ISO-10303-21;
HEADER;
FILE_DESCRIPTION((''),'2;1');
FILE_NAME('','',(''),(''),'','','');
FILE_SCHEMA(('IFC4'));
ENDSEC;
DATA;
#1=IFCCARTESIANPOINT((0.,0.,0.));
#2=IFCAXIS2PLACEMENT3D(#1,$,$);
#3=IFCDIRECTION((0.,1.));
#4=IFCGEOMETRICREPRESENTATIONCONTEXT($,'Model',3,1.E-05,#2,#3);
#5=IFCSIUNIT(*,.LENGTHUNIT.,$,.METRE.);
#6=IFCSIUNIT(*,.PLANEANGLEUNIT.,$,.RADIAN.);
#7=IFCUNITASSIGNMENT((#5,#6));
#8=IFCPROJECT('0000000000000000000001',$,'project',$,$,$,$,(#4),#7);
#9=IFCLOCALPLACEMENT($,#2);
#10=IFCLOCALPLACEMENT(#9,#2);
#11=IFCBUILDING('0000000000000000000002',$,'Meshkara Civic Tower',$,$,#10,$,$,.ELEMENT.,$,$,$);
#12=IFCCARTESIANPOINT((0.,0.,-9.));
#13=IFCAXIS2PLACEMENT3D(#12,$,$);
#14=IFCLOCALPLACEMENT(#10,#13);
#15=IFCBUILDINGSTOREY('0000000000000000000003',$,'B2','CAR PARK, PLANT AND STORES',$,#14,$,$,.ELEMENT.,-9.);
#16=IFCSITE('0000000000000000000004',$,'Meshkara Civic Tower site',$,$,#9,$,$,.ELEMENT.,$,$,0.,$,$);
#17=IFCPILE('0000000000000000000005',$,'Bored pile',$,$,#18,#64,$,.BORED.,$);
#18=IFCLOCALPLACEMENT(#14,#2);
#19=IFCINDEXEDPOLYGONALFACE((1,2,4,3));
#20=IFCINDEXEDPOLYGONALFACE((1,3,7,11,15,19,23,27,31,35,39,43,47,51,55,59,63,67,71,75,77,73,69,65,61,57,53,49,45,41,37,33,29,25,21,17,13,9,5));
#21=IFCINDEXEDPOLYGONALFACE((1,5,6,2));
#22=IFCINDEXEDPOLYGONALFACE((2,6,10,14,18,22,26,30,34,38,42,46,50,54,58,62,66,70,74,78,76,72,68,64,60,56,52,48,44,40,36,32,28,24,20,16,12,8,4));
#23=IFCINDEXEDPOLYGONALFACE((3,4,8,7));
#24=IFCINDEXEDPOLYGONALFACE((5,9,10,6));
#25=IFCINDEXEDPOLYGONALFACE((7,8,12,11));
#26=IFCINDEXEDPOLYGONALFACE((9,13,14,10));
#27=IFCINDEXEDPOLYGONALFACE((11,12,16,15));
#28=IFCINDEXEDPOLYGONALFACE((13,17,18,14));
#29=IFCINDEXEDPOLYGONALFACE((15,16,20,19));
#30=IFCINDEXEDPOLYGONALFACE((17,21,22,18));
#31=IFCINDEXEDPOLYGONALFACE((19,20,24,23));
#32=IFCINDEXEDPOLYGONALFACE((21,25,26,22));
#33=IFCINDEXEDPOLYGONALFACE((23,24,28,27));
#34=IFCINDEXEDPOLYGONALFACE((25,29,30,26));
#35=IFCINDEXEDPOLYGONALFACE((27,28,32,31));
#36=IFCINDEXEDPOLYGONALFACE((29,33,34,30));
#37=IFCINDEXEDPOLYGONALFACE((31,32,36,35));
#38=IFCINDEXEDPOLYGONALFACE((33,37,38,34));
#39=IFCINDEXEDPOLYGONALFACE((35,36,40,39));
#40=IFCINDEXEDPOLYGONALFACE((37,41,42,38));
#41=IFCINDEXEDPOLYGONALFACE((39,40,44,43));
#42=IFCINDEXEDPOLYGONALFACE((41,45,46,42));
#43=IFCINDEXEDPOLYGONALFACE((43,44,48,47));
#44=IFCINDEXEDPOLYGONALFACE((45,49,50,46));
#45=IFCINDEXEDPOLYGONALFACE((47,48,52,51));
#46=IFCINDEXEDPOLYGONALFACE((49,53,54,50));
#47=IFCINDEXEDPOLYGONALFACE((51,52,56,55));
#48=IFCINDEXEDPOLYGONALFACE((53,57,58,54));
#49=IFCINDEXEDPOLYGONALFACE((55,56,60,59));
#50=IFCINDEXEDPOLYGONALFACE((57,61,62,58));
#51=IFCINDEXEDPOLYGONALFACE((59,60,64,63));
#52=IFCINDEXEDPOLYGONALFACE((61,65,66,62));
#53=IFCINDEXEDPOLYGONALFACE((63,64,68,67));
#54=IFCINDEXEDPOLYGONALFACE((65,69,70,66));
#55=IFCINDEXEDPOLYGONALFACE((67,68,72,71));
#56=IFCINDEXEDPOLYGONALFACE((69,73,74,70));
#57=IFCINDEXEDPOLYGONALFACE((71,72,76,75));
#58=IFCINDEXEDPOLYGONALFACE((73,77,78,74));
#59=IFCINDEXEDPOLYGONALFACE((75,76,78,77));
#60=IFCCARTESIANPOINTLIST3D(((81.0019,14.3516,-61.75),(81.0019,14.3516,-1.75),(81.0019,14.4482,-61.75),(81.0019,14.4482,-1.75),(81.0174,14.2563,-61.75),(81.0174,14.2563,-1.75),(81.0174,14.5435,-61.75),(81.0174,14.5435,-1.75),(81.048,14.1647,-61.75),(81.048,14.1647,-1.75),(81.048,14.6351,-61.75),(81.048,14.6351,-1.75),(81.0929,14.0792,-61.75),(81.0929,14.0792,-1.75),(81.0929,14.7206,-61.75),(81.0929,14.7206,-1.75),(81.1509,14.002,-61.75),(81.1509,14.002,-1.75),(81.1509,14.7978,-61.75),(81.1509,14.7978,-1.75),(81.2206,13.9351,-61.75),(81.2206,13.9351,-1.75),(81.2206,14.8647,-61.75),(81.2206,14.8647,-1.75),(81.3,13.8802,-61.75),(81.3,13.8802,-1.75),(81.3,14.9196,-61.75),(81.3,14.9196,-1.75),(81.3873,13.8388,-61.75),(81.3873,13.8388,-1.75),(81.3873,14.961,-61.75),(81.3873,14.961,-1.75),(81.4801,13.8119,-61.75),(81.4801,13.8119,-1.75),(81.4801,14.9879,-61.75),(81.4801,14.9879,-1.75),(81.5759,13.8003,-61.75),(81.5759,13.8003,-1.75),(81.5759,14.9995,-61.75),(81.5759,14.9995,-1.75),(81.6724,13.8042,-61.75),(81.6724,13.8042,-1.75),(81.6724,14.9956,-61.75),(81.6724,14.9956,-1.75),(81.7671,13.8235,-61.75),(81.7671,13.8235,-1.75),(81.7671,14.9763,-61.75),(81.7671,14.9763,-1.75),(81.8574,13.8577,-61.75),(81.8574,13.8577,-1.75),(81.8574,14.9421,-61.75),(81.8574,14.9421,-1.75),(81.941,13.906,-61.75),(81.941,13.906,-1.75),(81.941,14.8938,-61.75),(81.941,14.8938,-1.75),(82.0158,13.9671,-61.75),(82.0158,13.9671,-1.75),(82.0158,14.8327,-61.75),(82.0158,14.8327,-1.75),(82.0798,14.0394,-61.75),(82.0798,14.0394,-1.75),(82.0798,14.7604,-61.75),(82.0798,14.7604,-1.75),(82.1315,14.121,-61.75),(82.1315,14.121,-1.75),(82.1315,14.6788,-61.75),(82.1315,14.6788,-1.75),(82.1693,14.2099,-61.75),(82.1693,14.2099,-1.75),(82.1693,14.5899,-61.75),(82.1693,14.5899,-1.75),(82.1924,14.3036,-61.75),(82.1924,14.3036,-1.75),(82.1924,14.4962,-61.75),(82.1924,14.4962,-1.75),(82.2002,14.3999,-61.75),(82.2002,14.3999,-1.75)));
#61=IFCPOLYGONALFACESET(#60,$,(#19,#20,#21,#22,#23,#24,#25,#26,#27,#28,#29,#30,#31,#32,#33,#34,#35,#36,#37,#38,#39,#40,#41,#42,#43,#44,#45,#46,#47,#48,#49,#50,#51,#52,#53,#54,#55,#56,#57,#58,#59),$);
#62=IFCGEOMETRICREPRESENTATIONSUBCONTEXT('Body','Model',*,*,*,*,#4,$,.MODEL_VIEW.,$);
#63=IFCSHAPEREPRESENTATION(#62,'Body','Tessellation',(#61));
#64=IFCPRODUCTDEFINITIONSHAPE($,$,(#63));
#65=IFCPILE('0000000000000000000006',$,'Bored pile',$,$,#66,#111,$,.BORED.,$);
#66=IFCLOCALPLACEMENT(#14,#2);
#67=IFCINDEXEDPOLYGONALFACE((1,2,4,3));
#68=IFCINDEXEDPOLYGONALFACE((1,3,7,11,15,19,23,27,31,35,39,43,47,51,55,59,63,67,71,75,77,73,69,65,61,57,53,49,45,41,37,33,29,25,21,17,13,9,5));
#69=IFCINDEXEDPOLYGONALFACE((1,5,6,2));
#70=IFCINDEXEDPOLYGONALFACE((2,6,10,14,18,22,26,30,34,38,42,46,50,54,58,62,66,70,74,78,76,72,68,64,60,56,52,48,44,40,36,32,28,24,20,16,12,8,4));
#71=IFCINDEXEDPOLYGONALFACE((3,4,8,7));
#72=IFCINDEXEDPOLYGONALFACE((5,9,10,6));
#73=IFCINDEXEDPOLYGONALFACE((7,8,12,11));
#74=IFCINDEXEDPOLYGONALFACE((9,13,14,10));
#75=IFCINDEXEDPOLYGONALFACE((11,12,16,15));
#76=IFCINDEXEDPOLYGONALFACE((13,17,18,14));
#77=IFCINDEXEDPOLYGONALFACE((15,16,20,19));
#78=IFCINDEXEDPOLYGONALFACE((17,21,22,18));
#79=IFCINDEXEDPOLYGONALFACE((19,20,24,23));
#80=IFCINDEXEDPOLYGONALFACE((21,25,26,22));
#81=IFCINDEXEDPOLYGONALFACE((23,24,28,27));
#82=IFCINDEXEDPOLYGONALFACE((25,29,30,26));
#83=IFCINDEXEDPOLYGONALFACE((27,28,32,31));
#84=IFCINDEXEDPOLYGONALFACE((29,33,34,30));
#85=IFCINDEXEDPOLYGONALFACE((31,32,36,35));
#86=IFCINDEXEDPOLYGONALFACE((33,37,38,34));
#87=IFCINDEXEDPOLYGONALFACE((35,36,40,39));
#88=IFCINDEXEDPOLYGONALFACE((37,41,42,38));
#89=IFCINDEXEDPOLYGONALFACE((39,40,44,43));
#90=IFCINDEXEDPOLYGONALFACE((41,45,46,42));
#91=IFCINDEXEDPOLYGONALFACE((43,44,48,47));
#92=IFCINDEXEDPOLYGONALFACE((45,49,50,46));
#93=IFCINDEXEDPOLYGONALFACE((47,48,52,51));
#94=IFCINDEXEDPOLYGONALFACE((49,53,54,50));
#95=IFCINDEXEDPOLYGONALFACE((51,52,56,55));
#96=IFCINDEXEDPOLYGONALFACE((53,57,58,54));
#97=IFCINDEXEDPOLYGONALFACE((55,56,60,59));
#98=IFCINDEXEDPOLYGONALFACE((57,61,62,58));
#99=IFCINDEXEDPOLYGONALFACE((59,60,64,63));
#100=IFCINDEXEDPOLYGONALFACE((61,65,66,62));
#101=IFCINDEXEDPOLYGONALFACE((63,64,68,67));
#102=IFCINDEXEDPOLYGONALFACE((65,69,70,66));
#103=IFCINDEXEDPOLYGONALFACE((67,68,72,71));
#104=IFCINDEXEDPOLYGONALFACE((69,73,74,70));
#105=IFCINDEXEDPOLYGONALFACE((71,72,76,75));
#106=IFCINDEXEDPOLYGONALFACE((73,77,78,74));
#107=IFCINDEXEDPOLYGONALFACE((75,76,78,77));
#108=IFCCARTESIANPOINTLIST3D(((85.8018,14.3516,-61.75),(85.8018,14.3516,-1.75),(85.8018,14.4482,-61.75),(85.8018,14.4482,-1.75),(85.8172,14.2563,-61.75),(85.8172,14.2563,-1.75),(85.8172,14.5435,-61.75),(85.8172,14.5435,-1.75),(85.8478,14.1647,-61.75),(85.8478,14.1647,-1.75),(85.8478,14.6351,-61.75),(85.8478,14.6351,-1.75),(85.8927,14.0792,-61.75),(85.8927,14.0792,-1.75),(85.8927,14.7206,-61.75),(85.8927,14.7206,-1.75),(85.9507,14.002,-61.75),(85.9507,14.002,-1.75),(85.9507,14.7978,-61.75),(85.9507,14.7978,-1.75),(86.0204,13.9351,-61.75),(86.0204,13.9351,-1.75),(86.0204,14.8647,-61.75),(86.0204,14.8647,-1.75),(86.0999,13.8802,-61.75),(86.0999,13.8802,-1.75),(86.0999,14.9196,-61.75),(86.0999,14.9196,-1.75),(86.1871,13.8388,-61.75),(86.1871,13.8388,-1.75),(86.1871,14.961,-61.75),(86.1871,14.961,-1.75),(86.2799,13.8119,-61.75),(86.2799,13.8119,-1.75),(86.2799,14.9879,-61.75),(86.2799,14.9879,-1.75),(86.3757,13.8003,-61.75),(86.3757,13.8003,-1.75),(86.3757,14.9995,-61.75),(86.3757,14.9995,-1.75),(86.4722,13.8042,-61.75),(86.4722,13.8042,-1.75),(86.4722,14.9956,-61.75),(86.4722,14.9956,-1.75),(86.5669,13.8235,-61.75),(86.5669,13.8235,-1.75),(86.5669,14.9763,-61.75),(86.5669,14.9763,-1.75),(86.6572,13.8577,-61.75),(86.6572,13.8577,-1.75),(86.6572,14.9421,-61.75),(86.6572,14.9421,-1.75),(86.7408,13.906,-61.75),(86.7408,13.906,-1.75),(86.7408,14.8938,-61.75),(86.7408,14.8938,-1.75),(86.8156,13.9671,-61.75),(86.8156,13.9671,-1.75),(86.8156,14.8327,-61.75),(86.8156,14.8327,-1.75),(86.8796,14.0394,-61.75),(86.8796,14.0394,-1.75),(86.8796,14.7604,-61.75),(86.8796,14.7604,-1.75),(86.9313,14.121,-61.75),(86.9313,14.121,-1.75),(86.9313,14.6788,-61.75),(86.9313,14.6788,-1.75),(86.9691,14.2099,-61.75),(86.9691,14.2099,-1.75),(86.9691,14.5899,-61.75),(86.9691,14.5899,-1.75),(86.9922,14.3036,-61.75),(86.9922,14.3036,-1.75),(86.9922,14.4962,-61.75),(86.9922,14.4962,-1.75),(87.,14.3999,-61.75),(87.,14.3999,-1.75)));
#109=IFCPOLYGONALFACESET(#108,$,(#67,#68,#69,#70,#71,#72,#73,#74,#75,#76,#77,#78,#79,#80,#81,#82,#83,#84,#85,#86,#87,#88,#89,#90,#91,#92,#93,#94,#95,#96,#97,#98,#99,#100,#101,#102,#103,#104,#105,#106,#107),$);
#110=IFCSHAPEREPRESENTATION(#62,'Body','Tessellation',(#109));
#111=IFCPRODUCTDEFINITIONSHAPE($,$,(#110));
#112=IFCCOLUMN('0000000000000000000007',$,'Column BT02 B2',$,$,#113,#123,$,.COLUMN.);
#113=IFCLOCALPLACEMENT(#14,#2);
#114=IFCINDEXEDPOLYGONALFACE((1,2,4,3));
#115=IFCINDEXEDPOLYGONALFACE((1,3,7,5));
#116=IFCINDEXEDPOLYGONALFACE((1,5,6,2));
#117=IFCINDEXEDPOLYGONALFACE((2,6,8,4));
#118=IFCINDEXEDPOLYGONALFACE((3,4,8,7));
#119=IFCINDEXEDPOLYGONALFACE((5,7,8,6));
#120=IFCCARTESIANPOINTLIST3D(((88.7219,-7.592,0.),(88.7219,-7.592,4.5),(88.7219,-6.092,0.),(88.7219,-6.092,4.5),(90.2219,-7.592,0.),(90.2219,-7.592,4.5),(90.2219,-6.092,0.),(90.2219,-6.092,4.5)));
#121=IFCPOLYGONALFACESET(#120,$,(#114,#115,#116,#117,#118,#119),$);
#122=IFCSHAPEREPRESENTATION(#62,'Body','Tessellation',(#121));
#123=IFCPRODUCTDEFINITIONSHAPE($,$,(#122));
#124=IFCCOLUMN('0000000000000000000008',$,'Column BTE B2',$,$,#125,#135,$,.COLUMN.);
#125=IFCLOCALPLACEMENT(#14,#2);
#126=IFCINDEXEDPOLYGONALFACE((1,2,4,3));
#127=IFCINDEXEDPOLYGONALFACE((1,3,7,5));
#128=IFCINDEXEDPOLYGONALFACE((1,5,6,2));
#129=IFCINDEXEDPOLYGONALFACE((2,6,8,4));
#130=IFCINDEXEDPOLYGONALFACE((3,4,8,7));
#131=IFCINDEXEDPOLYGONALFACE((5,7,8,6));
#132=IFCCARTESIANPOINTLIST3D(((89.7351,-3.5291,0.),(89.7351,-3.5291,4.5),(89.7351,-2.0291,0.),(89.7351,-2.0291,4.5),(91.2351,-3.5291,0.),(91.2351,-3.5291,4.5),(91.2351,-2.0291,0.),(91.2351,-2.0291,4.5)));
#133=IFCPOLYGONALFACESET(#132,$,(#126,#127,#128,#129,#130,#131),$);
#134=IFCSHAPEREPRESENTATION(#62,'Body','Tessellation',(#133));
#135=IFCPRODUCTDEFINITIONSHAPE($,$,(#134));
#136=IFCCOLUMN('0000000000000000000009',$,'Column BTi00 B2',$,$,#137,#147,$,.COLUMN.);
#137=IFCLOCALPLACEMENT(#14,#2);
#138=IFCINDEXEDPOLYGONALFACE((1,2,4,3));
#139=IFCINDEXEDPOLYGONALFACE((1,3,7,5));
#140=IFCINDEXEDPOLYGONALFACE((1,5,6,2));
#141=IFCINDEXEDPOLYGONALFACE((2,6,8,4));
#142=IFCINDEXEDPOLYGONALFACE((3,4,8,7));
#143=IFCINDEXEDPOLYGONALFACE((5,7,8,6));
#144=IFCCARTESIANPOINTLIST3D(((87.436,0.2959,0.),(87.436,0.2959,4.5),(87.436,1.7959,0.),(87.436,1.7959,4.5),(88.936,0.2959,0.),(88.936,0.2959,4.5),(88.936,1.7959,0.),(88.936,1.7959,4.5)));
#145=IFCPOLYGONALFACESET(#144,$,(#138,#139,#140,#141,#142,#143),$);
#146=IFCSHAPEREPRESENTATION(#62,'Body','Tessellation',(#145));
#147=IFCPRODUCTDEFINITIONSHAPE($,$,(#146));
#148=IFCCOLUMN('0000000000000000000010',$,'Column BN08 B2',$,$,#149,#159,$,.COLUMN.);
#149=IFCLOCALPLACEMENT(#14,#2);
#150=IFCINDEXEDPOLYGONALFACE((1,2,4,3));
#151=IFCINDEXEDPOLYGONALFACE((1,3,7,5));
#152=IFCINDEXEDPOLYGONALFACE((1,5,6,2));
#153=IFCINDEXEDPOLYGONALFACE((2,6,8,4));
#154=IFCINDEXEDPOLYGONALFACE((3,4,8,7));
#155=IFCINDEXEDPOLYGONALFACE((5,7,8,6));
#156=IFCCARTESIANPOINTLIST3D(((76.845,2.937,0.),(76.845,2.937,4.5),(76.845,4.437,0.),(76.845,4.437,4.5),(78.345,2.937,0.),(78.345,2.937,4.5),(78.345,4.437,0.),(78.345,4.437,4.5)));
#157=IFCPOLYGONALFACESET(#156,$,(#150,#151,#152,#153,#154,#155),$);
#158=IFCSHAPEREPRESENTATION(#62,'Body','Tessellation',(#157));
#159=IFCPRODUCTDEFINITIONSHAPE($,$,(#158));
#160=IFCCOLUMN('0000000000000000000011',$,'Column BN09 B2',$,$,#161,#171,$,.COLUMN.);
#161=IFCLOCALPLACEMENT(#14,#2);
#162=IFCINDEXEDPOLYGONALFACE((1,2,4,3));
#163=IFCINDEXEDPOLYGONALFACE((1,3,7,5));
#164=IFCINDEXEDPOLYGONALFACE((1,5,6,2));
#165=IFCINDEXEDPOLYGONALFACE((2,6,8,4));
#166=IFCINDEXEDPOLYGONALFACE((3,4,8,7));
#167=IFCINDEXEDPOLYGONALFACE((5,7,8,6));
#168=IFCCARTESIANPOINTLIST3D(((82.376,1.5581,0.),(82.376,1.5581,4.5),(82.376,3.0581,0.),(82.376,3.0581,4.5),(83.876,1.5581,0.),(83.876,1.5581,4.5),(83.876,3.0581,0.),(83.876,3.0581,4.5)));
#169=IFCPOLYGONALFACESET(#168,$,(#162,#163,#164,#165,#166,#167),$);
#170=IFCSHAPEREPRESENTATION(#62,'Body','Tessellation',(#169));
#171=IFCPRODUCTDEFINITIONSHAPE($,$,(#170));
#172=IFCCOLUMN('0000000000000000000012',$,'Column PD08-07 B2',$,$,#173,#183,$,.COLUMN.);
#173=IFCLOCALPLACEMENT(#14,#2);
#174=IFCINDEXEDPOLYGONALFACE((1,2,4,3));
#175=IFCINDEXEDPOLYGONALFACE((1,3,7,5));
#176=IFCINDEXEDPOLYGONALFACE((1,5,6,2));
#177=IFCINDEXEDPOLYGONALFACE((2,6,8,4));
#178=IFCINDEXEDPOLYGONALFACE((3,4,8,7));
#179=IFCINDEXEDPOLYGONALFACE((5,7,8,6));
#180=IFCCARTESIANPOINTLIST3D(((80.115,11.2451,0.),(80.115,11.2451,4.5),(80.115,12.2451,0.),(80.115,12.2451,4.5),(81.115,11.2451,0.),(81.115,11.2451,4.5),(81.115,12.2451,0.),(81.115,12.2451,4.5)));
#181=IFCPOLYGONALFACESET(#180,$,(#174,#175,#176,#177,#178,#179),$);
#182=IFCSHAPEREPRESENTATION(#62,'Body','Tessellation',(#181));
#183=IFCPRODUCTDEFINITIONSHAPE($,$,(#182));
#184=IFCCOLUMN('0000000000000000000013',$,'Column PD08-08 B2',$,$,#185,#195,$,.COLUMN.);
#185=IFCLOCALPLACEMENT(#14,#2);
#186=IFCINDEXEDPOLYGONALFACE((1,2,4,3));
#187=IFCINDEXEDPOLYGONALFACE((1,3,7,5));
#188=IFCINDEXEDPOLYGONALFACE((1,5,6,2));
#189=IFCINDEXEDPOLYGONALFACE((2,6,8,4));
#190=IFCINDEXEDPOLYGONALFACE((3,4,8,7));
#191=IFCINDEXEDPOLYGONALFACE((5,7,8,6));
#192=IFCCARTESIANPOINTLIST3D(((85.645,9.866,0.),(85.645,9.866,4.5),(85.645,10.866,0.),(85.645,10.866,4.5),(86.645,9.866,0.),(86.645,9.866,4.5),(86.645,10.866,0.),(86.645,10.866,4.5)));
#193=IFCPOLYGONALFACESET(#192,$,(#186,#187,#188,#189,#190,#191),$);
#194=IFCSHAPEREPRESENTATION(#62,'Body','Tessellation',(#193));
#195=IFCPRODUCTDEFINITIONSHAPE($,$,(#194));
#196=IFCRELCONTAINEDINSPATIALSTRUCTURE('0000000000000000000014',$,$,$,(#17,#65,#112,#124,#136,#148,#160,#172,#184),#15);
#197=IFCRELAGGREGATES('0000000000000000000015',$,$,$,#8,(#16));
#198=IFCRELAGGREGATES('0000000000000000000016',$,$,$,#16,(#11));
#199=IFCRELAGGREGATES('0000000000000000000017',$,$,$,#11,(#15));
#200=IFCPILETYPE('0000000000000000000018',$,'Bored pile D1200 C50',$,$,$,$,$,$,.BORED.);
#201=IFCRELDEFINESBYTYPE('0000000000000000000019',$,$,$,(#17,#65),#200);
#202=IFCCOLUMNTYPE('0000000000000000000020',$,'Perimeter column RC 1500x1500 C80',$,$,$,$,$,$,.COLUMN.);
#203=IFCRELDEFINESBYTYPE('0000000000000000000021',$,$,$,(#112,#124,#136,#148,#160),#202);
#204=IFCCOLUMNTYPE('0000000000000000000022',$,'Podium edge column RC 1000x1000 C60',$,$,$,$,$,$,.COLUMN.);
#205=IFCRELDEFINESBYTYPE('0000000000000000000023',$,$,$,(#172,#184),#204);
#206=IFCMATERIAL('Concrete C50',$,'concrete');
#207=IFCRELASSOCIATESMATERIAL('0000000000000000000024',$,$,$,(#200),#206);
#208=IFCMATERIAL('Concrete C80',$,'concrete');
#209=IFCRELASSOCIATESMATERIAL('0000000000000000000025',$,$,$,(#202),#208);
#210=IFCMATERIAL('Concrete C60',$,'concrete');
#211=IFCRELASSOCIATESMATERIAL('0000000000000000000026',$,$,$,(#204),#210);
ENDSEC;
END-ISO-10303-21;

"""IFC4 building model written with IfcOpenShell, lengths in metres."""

from ifc_helpers import new_model, si_unit, direction, frame, origin, origin_2d, place, context, subcontext, project, spatial, rectangle, circle, extrude, material, material_profile, profile_set, type_object, element, save


model = new_model("IFC4")

# Units and contexts
model_context = context("Model", 3, precision=1e-05, world=origin(), true_north=direction((0.0, 1.0)))
body_context = subcontext(model_context, "Body", "Model", "MODEL_VIEW")
ifc_project = project(units=[si_unit("LENGTHUNIT", "METRE"), si_unit("PLANEANGLEUNIT", "RADIAN")], contexts=[model_context])

# Site, building, storey
site_placement = place(None, origin())
site = spatial("IfcSite", under=ifc_project, at=site_placement, Name="Meshkara Civic Tower site", CompositionType="ELEMENT", RefElevation=0.0)
building_placement = place(site_placement, origin())
building = spatial("IfcBuilding", under=site, at=building_placement, Name="Meshkara Civic Tower", CompositionType="ELEMENT")
storey_placement = place(building_placement, frame((0.0, 0.0, -9.0)))
storey = spatial("IfcBuildingStorey", under=building, at=storey_placement, Name="B2", Description="CAR PARK, PLANT AND STORES", CompositionType="ELEMENT", Elevation=-9.0)

# Piles
ifc_material_1 = material(Name="Concrete C50", Category="concrete")
ifc_material_profile_1 = material_profile(ifc_material_1, circle(Radius=0.6001, at=origin_2d()))
ifc_profile_set_1 = profile_set([ifc_material_profile_1], Name="Concrete C50")
pile_type = type_object("IfcPileType", Name="Bored pile D1200 C50", PredefinedType="BORED", material=ifc_profile_set_1)
for number, where, z_axis, x_axis, name in (
    (1, (81.6001, 14.3999, -1.75), (0.0, 0.0, -1.0), (1.0, 0.0, 0.0), "Bored pile"),
    (2, (86.3999, 14.3999, -1.75), (0.0, 0.0, -1.0), (1.0, 0.0, 0.0), "Bored pile"),
):
    element("IfcPile", number, at=place(storey_placement, frame(where, z_axis=z_axis, x_axis=x_axis)), inside=storey, type_object=pile_type, Name=name, PredefinedType="BORED", context=body_context, shape_type="SweptSolid", body=[
        extrude(circle(Radius=0.6001, at=origin_2d()), origin(), (0.0, 0.0, 1.0), 60.0),
    ])

# Columns
ifc_material_2 = material(Name="Concrete C80", Category="concrete")
ifc_material_profile_2 = material_profile(ifc_material_2, rectangle(XDim=1.5, YDim=1.5, at=origin_2d()))
ifc_profile_set_2 = profile_set([ifc_material_profile_2], Name="Concrete C80")
column_type_1 = type_object("IfcColumnType", Name="Perimeter column RC 1500x1500 C80", PredefinedType="COLUMN", material=ifc_profile_set_2)
for number, where, z_axis, x_axis, name in (
    (3, (89.4719, -6.842, 0.0), (0.0, 0.0, 1.0), (1.0, 0.0, 0.0), "Column BT02 B2"),
    (4, (90.4851, -2.7791, 0.0), (0.0, 0.0, 1.0), (1.0, 0.0, 0.0), "Column BTE B2"),
    (5, (88.186, 1.0459, 0.0), (0.0, 0.0, 1.0), (1.0, 0.0, 0.0), "Column BTi00 B2"),
    (6, (77.595, 3.687, 0.0), (0.0, 0.0, 1.0), (1.0, 0.0, 0.0), "Column BN08 B2"),
    (7, (83.126, 2.3081, 0.0), (0.0, 0.0, 1.0), (1.0, 0.0, 0.0), "Column BN09 B2"),
):
    element("IfcColumn", number, at=place(storey_placement, frame(where, z_axis=z_axis, x_axis=x_axis)), inside=storey, type_object=column_type_1, Name=name, PredefinedType="COLUMN", context=body_context, shape_type="SweptSolid", body=[
        extrude(rectangle(XDim=1.5, YDim=1.5, at=origin_2d()), origin(), (0.0, 0.0, 1.0), 4.5),
    ])
ifc_material_3 = material(Name="Concrete C60", Category="concrete")
ifc_material_profile_3 = material_profile(ifc_material_3, rectangle(XDim=1.0, YDim=1.0, at=origin_2d()))
ifc_profile_set_3 = profile_set([ifc_material_profile_3], Name="Concrete C60")
column_type_2 = type_object("IfcColumnType", Name="Podium edge column RC 1000x1000 C60", PredefinedType="COLUMN", material=ifc_profile_set_3)
for number, where, z_axis, x_axis, name in (
    (8, (80.615, 11.7451, 0.0), (0.0, 0.0, 1.0), (1.0, 0.0, 0.0), "Column PD08-07 B2"),
    (9, (86.145, 10.366, 0.0), (0.0, 0.0, 1.0), (1.0, 0.0, 0.0), "Column PD08-08 B2"),
):
    element("IfcColumn", number, at=place(storey_placement, frame(where, z_axis=z_axis, x_axis=x_axis)), inside=storey, type_object=column_type_2, Name=name, PredefinedType="COLUMN", context=body_context, shape_type="SweptSolid", body=[
        extrude(rectangle(XDim=1.0, YDim=1.0, at=origin_2d()), origin(), (0.0, 0.0, 1.0), 4.5),
    ])

save(model, "model.ifc")
